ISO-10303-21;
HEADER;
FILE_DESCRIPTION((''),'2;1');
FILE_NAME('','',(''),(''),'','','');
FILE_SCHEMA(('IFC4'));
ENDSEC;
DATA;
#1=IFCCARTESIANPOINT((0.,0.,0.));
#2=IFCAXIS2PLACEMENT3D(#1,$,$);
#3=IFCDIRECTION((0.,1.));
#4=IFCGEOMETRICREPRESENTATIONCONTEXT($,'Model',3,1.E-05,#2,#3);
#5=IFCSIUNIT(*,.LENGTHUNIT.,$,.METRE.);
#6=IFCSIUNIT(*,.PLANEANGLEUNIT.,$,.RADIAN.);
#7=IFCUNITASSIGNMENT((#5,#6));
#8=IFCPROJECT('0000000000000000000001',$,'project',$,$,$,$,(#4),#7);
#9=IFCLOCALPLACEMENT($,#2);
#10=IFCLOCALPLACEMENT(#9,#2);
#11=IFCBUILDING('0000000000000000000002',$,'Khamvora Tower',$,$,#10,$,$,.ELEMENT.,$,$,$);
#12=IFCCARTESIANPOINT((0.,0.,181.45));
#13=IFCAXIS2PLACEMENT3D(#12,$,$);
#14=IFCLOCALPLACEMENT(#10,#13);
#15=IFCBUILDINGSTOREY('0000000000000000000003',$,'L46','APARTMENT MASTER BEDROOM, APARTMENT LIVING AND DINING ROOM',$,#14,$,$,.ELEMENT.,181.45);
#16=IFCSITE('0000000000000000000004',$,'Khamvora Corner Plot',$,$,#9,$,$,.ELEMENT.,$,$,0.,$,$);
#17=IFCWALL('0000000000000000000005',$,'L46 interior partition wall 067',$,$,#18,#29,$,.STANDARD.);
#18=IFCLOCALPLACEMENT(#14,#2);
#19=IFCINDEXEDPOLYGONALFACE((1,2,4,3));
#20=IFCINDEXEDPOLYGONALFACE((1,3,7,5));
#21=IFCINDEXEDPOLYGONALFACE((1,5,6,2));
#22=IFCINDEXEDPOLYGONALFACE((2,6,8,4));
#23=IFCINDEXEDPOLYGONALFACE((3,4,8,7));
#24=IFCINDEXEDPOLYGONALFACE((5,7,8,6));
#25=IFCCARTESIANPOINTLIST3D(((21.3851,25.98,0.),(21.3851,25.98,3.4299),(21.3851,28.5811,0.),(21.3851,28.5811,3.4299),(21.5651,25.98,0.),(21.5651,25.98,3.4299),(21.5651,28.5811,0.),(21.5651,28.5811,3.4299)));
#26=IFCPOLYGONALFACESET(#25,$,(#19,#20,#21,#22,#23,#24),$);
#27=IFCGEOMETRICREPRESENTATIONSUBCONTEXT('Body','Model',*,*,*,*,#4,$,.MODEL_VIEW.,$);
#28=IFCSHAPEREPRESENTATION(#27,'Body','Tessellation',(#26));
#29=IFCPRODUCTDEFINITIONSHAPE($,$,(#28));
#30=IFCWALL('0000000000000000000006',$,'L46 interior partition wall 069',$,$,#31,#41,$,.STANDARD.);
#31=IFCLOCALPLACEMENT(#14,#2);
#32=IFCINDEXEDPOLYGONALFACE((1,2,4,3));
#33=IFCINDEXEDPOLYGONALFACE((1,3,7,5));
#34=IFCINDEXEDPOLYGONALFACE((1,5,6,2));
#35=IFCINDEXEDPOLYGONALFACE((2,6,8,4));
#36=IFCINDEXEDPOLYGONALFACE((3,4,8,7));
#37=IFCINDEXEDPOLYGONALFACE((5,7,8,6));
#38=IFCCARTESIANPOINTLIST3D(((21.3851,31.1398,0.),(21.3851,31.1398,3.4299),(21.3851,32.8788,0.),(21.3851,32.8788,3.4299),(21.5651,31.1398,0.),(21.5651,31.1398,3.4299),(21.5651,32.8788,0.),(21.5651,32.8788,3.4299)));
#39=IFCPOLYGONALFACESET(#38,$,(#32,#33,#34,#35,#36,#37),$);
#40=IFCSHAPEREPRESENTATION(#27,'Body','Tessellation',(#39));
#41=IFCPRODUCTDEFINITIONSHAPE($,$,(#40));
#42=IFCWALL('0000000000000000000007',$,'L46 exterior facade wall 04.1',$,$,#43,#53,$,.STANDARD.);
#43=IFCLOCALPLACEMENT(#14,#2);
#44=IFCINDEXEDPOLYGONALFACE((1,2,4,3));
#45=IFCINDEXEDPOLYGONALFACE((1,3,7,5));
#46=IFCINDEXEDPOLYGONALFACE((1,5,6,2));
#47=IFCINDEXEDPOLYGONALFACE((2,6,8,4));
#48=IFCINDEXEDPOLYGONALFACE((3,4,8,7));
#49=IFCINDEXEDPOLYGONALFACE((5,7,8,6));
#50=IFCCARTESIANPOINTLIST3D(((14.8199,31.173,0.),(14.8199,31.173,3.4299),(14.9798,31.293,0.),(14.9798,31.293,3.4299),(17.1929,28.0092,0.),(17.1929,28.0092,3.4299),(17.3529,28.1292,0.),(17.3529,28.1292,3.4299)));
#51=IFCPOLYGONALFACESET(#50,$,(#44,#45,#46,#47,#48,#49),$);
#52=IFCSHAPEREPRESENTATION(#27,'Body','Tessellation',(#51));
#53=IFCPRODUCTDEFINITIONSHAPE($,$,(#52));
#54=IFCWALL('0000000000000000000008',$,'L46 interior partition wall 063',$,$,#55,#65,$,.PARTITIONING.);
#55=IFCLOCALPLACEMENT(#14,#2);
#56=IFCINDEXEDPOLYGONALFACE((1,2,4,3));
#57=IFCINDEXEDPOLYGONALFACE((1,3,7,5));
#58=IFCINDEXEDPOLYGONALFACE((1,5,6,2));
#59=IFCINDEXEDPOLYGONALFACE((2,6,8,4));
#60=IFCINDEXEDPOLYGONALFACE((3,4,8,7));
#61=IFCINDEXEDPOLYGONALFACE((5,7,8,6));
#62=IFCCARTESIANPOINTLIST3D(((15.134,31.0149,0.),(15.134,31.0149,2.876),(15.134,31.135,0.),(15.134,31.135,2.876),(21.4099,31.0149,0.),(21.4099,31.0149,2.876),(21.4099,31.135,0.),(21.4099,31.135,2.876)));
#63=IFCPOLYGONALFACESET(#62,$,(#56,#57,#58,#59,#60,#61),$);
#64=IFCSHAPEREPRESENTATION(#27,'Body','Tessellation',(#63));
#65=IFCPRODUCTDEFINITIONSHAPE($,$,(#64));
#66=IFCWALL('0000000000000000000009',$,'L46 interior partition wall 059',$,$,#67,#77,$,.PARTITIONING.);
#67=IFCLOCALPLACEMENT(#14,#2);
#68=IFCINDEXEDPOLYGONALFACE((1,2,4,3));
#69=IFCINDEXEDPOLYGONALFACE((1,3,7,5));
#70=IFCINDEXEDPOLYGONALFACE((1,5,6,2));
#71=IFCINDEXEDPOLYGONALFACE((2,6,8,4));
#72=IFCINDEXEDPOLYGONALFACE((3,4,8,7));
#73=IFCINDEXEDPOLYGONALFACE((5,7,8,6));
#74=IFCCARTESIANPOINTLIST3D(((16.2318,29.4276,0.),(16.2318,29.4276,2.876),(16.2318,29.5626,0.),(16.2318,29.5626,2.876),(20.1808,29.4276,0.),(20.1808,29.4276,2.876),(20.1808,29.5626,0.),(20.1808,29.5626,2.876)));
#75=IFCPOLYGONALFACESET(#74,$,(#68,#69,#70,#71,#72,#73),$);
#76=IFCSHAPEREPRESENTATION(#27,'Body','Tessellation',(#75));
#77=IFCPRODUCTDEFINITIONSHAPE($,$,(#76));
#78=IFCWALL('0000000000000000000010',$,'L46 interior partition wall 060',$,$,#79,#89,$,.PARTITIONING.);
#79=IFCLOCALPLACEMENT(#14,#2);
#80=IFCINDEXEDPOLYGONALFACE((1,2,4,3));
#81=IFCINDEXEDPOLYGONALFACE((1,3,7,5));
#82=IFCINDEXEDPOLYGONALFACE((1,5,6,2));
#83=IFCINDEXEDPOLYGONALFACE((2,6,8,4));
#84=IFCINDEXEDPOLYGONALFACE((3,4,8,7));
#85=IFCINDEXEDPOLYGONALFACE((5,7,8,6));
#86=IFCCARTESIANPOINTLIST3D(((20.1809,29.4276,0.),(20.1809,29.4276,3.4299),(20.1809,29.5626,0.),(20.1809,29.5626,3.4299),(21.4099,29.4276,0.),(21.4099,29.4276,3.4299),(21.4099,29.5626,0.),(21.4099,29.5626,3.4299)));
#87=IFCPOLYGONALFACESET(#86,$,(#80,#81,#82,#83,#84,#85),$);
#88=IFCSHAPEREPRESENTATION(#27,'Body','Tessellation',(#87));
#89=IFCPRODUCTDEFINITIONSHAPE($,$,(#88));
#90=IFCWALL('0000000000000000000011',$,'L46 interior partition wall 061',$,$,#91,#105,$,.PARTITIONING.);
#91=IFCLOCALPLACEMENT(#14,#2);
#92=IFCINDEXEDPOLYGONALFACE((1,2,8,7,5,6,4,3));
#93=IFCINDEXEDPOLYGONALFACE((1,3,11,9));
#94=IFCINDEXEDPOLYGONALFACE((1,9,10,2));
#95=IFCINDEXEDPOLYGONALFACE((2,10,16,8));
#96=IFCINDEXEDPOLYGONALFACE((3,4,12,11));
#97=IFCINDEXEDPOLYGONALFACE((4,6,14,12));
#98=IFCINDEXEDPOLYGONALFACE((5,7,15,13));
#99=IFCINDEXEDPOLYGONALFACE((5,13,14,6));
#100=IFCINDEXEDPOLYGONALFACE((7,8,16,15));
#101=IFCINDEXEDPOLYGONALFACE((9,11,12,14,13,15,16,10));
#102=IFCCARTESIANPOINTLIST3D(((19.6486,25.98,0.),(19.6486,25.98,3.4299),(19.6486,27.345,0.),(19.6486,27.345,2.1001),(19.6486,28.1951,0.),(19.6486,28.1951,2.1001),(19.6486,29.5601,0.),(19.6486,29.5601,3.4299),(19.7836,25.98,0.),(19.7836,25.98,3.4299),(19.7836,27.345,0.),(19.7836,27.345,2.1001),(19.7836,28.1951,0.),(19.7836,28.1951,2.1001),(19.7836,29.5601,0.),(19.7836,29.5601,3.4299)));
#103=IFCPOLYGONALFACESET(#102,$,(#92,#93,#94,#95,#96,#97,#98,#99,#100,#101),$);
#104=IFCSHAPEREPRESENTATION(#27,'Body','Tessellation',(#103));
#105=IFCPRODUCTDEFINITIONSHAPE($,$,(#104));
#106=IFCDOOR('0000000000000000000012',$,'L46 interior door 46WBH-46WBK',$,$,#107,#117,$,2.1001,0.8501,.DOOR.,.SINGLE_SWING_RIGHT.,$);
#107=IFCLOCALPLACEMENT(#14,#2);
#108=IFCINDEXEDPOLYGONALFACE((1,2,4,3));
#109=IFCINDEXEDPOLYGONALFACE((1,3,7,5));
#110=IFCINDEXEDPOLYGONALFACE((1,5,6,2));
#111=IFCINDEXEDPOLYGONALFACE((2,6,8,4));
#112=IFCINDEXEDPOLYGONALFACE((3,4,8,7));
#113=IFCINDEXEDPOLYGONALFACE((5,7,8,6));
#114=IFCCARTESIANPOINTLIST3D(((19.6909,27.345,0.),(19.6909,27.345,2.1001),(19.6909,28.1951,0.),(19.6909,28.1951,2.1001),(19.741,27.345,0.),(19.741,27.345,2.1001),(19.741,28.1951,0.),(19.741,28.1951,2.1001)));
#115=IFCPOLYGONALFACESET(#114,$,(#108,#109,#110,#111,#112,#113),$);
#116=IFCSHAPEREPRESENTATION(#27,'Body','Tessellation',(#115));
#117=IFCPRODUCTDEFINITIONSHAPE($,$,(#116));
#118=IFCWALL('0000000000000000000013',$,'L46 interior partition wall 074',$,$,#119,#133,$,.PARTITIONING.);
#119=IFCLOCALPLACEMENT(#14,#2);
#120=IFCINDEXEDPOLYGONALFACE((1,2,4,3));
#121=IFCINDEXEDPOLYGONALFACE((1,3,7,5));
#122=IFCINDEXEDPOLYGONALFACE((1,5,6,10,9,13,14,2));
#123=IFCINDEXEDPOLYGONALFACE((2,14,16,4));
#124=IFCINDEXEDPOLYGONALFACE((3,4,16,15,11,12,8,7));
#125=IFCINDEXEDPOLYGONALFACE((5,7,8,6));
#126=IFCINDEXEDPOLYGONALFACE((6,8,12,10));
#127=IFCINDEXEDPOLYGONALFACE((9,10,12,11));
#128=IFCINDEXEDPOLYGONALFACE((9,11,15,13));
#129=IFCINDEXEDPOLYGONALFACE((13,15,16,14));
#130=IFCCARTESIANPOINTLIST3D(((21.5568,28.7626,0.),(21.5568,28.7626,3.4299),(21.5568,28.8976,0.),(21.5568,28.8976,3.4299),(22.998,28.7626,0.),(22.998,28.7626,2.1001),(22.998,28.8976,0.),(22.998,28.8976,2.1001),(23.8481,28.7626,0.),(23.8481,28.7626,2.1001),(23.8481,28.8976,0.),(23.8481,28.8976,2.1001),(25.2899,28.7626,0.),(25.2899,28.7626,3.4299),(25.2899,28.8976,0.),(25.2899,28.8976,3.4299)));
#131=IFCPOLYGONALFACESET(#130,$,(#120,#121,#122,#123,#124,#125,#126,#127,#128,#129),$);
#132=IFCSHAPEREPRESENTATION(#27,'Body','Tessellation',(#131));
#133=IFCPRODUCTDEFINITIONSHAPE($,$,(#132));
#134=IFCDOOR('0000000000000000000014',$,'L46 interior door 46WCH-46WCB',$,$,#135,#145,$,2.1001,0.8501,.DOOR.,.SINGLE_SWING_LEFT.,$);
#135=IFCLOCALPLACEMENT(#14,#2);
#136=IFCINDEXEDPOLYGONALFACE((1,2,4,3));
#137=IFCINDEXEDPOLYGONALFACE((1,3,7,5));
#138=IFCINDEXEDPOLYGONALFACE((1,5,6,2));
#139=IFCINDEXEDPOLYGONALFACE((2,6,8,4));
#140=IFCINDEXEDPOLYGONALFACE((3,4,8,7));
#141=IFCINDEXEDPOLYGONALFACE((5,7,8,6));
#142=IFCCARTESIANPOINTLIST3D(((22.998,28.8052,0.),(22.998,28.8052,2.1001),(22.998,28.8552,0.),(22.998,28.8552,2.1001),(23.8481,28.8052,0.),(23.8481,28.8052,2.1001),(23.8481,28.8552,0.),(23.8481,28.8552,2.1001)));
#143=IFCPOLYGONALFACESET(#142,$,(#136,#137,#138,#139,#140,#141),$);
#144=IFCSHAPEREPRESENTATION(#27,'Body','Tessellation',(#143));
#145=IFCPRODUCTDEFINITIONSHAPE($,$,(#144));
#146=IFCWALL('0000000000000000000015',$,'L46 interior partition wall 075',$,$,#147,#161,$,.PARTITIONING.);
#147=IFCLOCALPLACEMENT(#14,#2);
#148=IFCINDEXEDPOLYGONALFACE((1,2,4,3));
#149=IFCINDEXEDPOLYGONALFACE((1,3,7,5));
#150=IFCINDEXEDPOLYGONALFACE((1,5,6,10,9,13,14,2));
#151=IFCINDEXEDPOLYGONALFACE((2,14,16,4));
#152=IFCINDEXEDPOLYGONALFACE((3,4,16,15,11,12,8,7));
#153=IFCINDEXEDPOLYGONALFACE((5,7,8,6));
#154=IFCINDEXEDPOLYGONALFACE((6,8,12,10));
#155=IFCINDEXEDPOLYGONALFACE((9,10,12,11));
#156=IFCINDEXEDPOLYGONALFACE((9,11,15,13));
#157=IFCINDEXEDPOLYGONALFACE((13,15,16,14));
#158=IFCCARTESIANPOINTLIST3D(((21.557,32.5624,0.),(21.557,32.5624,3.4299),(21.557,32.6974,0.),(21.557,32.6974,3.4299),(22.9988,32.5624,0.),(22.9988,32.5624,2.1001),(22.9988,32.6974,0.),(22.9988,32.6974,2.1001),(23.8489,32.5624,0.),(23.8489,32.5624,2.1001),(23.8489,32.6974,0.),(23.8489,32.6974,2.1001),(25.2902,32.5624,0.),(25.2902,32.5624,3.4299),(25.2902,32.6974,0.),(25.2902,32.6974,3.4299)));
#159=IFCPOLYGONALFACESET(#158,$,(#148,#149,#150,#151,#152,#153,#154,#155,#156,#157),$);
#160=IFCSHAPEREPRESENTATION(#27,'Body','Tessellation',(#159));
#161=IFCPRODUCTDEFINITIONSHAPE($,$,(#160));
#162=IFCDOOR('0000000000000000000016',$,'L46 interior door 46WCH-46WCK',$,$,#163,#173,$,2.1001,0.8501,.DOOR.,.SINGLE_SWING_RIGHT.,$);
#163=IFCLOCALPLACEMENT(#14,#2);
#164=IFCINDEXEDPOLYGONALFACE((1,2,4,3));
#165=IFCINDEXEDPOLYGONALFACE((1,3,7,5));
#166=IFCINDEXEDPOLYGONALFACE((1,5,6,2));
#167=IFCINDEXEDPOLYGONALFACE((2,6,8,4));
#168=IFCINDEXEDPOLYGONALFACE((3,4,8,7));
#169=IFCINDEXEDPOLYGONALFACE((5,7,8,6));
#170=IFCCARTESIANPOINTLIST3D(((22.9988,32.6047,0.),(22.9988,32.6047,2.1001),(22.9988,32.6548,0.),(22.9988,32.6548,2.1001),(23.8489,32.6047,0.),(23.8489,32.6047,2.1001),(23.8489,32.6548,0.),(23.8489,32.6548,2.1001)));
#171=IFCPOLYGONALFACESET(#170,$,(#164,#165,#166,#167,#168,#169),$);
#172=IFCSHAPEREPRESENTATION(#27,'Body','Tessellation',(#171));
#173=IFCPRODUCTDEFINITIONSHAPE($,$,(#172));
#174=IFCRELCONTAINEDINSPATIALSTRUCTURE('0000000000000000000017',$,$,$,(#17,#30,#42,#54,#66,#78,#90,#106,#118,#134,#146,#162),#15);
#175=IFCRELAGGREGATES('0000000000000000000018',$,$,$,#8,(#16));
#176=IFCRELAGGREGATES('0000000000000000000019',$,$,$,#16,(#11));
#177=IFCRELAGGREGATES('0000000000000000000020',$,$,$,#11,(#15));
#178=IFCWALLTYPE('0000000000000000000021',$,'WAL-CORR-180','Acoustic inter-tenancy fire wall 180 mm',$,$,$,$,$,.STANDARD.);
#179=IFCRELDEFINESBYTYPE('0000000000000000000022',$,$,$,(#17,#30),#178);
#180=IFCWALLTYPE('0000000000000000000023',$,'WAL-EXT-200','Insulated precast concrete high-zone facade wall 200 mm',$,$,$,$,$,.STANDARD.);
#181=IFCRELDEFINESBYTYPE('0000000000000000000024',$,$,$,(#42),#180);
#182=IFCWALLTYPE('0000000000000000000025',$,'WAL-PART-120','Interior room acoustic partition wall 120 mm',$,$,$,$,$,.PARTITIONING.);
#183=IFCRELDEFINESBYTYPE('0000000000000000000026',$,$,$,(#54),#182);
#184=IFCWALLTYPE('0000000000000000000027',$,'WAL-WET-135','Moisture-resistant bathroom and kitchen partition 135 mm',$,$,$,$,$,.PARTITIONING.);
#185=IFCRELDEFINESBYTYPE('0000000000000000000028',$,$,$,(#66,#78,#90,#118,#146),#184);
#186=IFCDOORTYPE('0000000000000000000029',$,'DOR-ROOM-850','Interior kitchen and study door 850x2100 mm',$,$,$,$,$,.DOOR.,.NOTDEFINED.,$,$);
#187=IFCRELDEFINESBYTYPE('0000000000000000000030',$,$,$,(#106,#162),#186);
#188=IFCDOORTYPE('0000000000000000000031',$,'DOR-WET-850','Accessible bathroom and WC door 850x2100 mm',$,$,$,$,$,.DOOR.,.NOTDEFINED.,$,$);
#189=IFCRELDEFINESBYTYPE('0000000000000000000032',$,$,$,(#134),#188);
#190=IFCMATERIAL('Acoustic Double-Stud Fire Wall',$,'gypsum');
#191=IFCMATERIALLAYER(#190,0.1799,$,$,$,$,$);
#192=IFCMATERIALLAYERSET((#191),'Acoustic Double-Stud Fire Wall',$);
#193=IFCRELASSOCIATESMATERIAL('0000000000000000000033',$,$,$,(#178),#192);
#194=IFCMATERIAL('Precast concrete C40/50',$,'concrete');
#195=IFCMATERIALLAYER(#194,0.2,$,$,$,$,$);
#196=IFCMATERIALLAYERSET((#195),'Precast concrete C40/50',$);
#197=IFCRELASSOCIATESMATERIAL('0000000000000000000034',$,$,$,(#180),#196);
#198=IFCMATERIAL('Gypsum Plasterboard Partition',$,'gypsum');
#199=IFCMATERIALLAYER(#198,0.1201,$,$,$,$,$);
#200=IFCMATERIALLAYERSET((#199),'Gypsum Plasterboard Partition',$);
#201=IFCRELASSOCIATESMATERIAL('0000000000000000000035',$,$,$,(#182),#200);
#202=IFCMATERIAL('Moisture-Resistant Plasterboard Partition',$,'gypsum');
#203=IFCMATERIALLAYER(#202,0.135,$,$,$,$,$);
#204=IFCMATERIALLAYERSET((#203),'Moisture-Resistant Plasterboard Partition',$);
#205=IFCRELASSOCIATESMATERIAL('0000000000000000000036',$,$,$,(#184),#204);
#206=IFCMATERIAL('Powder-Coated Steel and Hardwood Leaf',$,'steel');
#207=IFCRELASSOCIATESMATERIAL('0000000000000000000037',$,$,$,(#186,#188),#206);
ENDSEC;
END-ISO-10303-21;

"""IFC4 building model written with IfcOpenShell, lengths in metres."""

from ifc_helpers import new_model, si_unit, direction, frame, frame_2d, origin, place, context, subcontext, project, spatial, rectangle, extrude, material, layer, layer_set, type_object, element, fill, save


model = new_model("IFC4")

# Units and contexts
model_context = context("Model", 3, precision=1e-05, world=origin(), true_north=direction((0.0, 1.0)))
body_context = subcontext(model_context, "Body", "Model", "MODEL_VIEW")
ifc_project = project(units=[si_unit("LENGTHUNIT", "METRE"), si_unit("PLANEANGLEUNIT", "RADIAN")], contexts=[model_context])

# Site, building, storey
site_placement = place(None, origin())
site = spatial("IfcSite", under=ifc_project, at=site_placement, Name="Khamvora Corner Plot", CompositionType="ELEMENT", RefElevation=0.0)
building_placement = place(site_placement, origin())
building = spatial("IfcBuilding", under=site, at=building_placement, Name="Khamvora Tower", CompositionType="ELEMENT")
storey_placement = place(building_placement, frame((0.0, 0.0, 181.45)))
storey = spatial("IfcBuildingStorey", under=building, at=storey_placement, Name="L46", Description="APARTMENT MASTER BEDROOM, APARTMENT LIVING AND DINING ROOM", CompositionType="ELEMENT", Elevation=181.45)

# Walls
ifc_material_1 = material(Name="Acoustic Double-Stud Fire Wall", Category="gypsum")
ifc_layer_1 = layer(ifc_material_1, 0.1799)
ifc_layer_set_1 = layer_set([ifc_layer_1], Name="Acoustic Double-Stud Fire Wall")
wall_type_1 = type_object("IfcWallType", Name="WAL-CORR-180", Description="Acoustic inter-tenancy fire wall 180 mm", PredefinedType="STANDARD", material=ifc_layer_set_1)
wall_1_placement = place(storey_placement, frame((21.4751, 28.5811, 0.0), z_axis=(0.0, 0.0, 1.0), x_axis=(0.0, -1.0, 0.0)))
element("IfcWall", 1, at=wall_1_placement, inside=storey, type_object=wall_type_1, Name="L46 interior partition wall 067", PredefinedType="STANDARD", context=body_context, shape_type="SweptSolid", body=[
    extrude(rectangle(XDim=2.6011, YDim=0.1799, at=frame_2d((1.3005, 0.0))), origin(), (0.0, 0.0, 1.0), 3.4299),
])
wall_2_placement = place(storey_placement, frame((21.4751, 32.8789, 0.0), z_axis=(0.0, 0.0, 1.0), x_axis=(0.0, -1.0, 0.0)))
element("IfcWall", 2, at=wall_2_placement, inside=storey, type_object=wall_type_1, Name="L46 interior partition wall 069", PredefinedType="STANDARD", context=body_context, shape_type="SweptSolid", body=[
    extrude(rectangle(XDim=1.739, YDim=0.1799, at=frame_2d((0.8696, 0.0))), origin(), (0.0, 0.0, 1.0), 3.4299),
])
ifc_material_2 = material(Name="Precast concrete C40/50", Category="concrete")
ifc_layer_2 = layer(ifc_material_2, 0.2)
ifc_layer_set_2 = layer_set([ifc_layer_2], Name="Precast concrete C40/50")
wall_type_2 = type_object("IfcWallType", Name="WAL-EXT-200", Description="Insulated precast concrete high-zone facade wall 200 mm", PredefinedType="STANDARD", material=ifc_layer_set_2)
wall_3_placement = place(storey_placement, frame((17.2729, 28.0691, 0.0), z_axis=(0.0, 0.0, 1.0), x_axis=(-0.60003, 0.799978, 0.0)))
element("IfcWall", 3, at=wall_3_placement, inside=storey, type_object=wall_type_2, Name="L46 exterior facade wall 04.1", PredefinedType="STANDARD", context=body_context, shape_type="SweptSolid", body=[
    extrude(rectangle(XDim=3.9548, YDim=0.2, at=frame_2d((1.9775, 0.0))), origin(), (0.0, 0.0, 1.0), 3.4299),
])
ifc_material_3 = material(Name="Gypsum Plasterboard Partition", Category="gypsum")
ifc_layer_3 = layer(ifc_material_3, 0.1201)
ifc_layer_set_3 = layer_set([ifc_layer_3], Name="Gypsum Plasterboard Partition")
wall_type_3 = type_object("IfcWallType", Name="WAL-PART-120", Description="Interior room acoustic partition wall 120 mm", PredefinedType="PARTITIONING", material=ifc_layer_set_3)
wall_4_placement = place(storey_placement, frame((15.134, 31.075, 0.0), z_axis=(0.0, 0.0, 1.0), x_axis=(1.0, 0.0, 0.0)))
element("IfcWall", 4, at=wall_4_placement, inside=storey, type_object=wall_type_3, Name="L46 interior partition wall 063", PredefinedType="PARTITIONING", context=body_context, shape_type="SweptSolid", body=[
    extrude(rectangle(XDim=6.2759, YDim=0.1201, at=frame_2d((3.1379, 0.0))), origin(), (0.0, 0.0, 1.0), 2.876),
])
ifc_material_4 = material(Name="Moisture-Resistant Plasterboard Partition", Category="gypsum")
ifc_layer_4 = layer(ifc_material_4, 0.135)
ifc_layer_set_4 = layer_set([ifc_layer_4], Name="Moisture-Resistant Plasterboard Partition")
wall_type_4 = type_object("IfcWallType", Name="WAL-WET-135", Description="Moisture-resistant bathroom and kitchen partition 135 mm", PredefinedType="PARTITIONING", material=ifc_layer_set_4)
wall_5_placement = place(storey_placement, frame((20.1809, 29.4951, 0.0), z_axis=(0.0, 0.0, 1.0), x_axis=(-1.0, 0.0, 0.0)))
element("IfcWall", 5, at=wall_5_placement, inside=storey, type_object=wall_type_4, Name="L46 interior partition wall 059", PredefinedType="PARTITIONING", context=body_context, shape_type="SweptSolid", body=[
    extrude(rectangle(XDim=3.949, YDim=0.135, at=frame_2d((1.9746, 0.0))), origin(), (0.0, 0.0, 1.0), 2.876),
])
wall_6_placement = place(storey_placement, frame((21.4099, 29.4951, 0.0), z_axis=(0.0, 0.0, 1.0), x_axis=(-1.0, 0.0, 0.0)))
element("IfcWall", 6, at=wall_6_placement, inside=storey, type_object=wall_type_4, Name="L46 interior partition wall 060", PredefinedType="PARTITIONING", context=body_context, shape_type="SweptSolid", body=[
    extrude(rectangle(XDim=1.229, YDim=0.135, at=frame_2d((0.6145, 0.0))), origin(), (0.0, 0.0, 1.0), 3.4299),
])

# Walls, openings, doors
wall_7_placement = place(storey_placement, frame((19.7161, 29.5601, 0.0), z_axis=(0.0, 0.0, 1.0), x_axis=(0.0, -1.0, 0.0)))
wall_7 = element("IfcWall", 7, at=wall_7_placement, inside=storey, type_object=wall_type_4, Name="L46 interior partition wall 061", PredefinedType="PARTITIONING", context=body_context, shape_type="SweptSolid", body=[
    extrude(rectangle(XDim=3.5801, YDim=0.135, at=frame_2d((1.79, 0.0))), origin(), (0.0, 0.0, 1.0), 3.4299),
])
opening_1_placement = place(wall_7_placement, frame((1.365, 0.0, 0.0)))
opening_1 = element("IfcOpeningElement", 8, at=opening_1_placement, cuts=wall_7, PredefinedType="OPENING", context=body_context, shape_type="SweptSolid", body=[
    extrude(rectangle(XDim=0.8501, YDim=2.1001, at=frame_2d((0.425, 1.05))), frame((0.0, 0.0774, 0.0), z_axis=(0.0, -1.0, 0.0), x_axis=(1.0, 0.0, 0.0)), (0.0, 0.0, 1.0), 0.155),
])
ifc_material_5 = material(Name="Powder-Coated Steel and Hardwood Leaf", Category="steel")
door_type_1 = type_object("IfcDoorType", Name="DOR-ROOM-850", Description="Interior kitchen and study door 850x2100 mm", OperationType="NOTDEFINED", PredefinedType="DOOR", material=ifc_material_5)
door_1_placement = place(opening_1_placement, origin())
door_1 = element("IfcDoor", 9, at=door_1_placement, inside=storey, type_object=door_type_1, Name="L46 interior door 46WBH-46WBK", OperationType="SINGLE_SWING_RIGHT", OverallHeight=2.1001, OverallWidth=0.8501, PredefinedType="DOOR", context=body_context, shape_type="SweptSolid", body=[
    extrude(rectangle(XDim=0.8501, YDim=2.1001, at=frame_2d((0.425, 1.05))), frame((0.0, 0.0249, 0.0), z_axis=(0.0, -1.0, 0.0), x_axis=(1.0, 0.0, 0.0)), (0.0, 0.0, 1.0), 0.05),
])
fill(opening_1, door_1)
wall_8_placement = place(storey_placement, frame((25.29, 28.8301, 0.0), z_axis=(0.0, 0.0, 1.0), x_axis=(-1.0, 0.0, 0.0)))
wall_8 = element("IfcWall", 10, at=wall_8_placement, inside=storey, type_object=wall_type_4, Name="L46 interior partition wall 074", PredefinedType="PARTITIONING", context=body_context, shape_type="SweptSolid", body=[
    extrude(rectangle(XDim=3.7332, YDim=0.135, at=frame_2d((1.8667, 0.0))), origin(), (0.0, 0.0, 1.0), 3.4299),
])
opening_2_placement = place(wall_8_placement, frame((1.4419, 0.0, 0.0)))
opening_2 = element("IfcOpeningElement", 11, at=opening_2_placement, cuts=wall_8, PredefinedType="OPENING", context=body_context, shape_type="SweptSolid", body=[
    extrude(rectangle(XDim=0.8501, YDim=2.1001, at=frame_2d((0.425, 1.05))), frame((0.0, 0.0774, 0.0), z_axis=(0.0, -1.0, 0.0), x_axis=(1.0, 0.0, 0.0)), (0.0, 0.0, 1.0), 0.155),
])
door_type_2 = type_object("IfcDoorType", Name="DOR-WET-850", Description="Accessible bathroom and WC door 850x2100 mm", OperationType="NOTDEFINED", PredefinedType="DOOR", material=ifc_material_5)
door_2_placement = place(opening_2_placement, origin())
door_2 = element("IfcDoor", 12, at=door_2_placement, inside=storey, type_object=door_type_2, Name="L46 interior door 46WCH-46WCB", OperationType="SINGLE_SWING_LEFT", OverallHeight=2.1001, OverallWidth=0.8501, PredefinedType="DOOR", context=body_context, shape_type="SweptSolid", body=[
    extrude(rectangle(XDim=0.8501, YDim=2.1001, at=frame_2d((0.425, 1.05))), frame((0.0, 0.0249, 0.0), z_axis=(0.0, -1.0, 0.0), x_axis=(1.0, 0.0, 0.0)), (0.0, 0.0, 1.0), 0.05),
])
fill(opening_2, door_2)
wall_9_placement = place(storey_placement, frame((21.5569, 32.6299, 0.0), z_axis=(0.0, 0.0, 1.0), x_axis=(1.0, 0.0, 0.0)))
wall_9 = element("IfcWall", 13, at=wall_9_placement, inside=storey, type_object=wall_type_4, Name="L46 interior partition wall 075", PredefinedType="PARTITIONING", context=body_context, shape_type="SweptSolid", body=[
    extrude(rectangle(XDim=3.7332, YDim=0.135, at=frame_2d((1.8667, 0.0))), origin(), (0.0, 0.0, 1.0), 3.4299),
])
opening_3_placement = place(wall_9_placement, frame((1.4419, 0.0, 0.0)))
opening_3 = element("IfcOpeningElement", 14, at=opening_3_placement, cuts=wall_9, PredefinedType="OPENING", context=body_context, shape_type="SweptSolid", body=[
    extrude(rectangle(XDim=0.8501, YDim=2.1001, at=frame_2d((0.425, 1.05))), frame((0.0, 0.0774, 0.0), z_axis=(0.0, -1.0, 0.0), x_axis=(1.0, 0.0, 0.0)), (0.0, 0.0, 1.0), 0.155),
])
door_3_placement = place(opening_3_placement, origin())
door_3 = element("IfcDoor", 15, at=door_3_placement, inside=storey, type_object=door_type_1, Name="L46 interior door 46WCH-46WCK", OperationType="SINGLE_SWING_RIGHT", OverallHeight=2.1001, OverallWidth=0.8501, PredefinedType="DOOR", context=body_context, shape_type="SweptSolid", body=[
    extrude(rectangle(XDim=0.8501, YDim=2.1001, at=frame_2d((0.425, 1.05))), frame((0.0, 0.0249, 0.0), z_axis=(0.0, -1.0, 0.0), x_axis=(1.0, 0.0, 0.0)), (0.0, 0.0, 1.0), 0.05),
])
fill(opening_3, door_3)

save(model, "model.ifc")
